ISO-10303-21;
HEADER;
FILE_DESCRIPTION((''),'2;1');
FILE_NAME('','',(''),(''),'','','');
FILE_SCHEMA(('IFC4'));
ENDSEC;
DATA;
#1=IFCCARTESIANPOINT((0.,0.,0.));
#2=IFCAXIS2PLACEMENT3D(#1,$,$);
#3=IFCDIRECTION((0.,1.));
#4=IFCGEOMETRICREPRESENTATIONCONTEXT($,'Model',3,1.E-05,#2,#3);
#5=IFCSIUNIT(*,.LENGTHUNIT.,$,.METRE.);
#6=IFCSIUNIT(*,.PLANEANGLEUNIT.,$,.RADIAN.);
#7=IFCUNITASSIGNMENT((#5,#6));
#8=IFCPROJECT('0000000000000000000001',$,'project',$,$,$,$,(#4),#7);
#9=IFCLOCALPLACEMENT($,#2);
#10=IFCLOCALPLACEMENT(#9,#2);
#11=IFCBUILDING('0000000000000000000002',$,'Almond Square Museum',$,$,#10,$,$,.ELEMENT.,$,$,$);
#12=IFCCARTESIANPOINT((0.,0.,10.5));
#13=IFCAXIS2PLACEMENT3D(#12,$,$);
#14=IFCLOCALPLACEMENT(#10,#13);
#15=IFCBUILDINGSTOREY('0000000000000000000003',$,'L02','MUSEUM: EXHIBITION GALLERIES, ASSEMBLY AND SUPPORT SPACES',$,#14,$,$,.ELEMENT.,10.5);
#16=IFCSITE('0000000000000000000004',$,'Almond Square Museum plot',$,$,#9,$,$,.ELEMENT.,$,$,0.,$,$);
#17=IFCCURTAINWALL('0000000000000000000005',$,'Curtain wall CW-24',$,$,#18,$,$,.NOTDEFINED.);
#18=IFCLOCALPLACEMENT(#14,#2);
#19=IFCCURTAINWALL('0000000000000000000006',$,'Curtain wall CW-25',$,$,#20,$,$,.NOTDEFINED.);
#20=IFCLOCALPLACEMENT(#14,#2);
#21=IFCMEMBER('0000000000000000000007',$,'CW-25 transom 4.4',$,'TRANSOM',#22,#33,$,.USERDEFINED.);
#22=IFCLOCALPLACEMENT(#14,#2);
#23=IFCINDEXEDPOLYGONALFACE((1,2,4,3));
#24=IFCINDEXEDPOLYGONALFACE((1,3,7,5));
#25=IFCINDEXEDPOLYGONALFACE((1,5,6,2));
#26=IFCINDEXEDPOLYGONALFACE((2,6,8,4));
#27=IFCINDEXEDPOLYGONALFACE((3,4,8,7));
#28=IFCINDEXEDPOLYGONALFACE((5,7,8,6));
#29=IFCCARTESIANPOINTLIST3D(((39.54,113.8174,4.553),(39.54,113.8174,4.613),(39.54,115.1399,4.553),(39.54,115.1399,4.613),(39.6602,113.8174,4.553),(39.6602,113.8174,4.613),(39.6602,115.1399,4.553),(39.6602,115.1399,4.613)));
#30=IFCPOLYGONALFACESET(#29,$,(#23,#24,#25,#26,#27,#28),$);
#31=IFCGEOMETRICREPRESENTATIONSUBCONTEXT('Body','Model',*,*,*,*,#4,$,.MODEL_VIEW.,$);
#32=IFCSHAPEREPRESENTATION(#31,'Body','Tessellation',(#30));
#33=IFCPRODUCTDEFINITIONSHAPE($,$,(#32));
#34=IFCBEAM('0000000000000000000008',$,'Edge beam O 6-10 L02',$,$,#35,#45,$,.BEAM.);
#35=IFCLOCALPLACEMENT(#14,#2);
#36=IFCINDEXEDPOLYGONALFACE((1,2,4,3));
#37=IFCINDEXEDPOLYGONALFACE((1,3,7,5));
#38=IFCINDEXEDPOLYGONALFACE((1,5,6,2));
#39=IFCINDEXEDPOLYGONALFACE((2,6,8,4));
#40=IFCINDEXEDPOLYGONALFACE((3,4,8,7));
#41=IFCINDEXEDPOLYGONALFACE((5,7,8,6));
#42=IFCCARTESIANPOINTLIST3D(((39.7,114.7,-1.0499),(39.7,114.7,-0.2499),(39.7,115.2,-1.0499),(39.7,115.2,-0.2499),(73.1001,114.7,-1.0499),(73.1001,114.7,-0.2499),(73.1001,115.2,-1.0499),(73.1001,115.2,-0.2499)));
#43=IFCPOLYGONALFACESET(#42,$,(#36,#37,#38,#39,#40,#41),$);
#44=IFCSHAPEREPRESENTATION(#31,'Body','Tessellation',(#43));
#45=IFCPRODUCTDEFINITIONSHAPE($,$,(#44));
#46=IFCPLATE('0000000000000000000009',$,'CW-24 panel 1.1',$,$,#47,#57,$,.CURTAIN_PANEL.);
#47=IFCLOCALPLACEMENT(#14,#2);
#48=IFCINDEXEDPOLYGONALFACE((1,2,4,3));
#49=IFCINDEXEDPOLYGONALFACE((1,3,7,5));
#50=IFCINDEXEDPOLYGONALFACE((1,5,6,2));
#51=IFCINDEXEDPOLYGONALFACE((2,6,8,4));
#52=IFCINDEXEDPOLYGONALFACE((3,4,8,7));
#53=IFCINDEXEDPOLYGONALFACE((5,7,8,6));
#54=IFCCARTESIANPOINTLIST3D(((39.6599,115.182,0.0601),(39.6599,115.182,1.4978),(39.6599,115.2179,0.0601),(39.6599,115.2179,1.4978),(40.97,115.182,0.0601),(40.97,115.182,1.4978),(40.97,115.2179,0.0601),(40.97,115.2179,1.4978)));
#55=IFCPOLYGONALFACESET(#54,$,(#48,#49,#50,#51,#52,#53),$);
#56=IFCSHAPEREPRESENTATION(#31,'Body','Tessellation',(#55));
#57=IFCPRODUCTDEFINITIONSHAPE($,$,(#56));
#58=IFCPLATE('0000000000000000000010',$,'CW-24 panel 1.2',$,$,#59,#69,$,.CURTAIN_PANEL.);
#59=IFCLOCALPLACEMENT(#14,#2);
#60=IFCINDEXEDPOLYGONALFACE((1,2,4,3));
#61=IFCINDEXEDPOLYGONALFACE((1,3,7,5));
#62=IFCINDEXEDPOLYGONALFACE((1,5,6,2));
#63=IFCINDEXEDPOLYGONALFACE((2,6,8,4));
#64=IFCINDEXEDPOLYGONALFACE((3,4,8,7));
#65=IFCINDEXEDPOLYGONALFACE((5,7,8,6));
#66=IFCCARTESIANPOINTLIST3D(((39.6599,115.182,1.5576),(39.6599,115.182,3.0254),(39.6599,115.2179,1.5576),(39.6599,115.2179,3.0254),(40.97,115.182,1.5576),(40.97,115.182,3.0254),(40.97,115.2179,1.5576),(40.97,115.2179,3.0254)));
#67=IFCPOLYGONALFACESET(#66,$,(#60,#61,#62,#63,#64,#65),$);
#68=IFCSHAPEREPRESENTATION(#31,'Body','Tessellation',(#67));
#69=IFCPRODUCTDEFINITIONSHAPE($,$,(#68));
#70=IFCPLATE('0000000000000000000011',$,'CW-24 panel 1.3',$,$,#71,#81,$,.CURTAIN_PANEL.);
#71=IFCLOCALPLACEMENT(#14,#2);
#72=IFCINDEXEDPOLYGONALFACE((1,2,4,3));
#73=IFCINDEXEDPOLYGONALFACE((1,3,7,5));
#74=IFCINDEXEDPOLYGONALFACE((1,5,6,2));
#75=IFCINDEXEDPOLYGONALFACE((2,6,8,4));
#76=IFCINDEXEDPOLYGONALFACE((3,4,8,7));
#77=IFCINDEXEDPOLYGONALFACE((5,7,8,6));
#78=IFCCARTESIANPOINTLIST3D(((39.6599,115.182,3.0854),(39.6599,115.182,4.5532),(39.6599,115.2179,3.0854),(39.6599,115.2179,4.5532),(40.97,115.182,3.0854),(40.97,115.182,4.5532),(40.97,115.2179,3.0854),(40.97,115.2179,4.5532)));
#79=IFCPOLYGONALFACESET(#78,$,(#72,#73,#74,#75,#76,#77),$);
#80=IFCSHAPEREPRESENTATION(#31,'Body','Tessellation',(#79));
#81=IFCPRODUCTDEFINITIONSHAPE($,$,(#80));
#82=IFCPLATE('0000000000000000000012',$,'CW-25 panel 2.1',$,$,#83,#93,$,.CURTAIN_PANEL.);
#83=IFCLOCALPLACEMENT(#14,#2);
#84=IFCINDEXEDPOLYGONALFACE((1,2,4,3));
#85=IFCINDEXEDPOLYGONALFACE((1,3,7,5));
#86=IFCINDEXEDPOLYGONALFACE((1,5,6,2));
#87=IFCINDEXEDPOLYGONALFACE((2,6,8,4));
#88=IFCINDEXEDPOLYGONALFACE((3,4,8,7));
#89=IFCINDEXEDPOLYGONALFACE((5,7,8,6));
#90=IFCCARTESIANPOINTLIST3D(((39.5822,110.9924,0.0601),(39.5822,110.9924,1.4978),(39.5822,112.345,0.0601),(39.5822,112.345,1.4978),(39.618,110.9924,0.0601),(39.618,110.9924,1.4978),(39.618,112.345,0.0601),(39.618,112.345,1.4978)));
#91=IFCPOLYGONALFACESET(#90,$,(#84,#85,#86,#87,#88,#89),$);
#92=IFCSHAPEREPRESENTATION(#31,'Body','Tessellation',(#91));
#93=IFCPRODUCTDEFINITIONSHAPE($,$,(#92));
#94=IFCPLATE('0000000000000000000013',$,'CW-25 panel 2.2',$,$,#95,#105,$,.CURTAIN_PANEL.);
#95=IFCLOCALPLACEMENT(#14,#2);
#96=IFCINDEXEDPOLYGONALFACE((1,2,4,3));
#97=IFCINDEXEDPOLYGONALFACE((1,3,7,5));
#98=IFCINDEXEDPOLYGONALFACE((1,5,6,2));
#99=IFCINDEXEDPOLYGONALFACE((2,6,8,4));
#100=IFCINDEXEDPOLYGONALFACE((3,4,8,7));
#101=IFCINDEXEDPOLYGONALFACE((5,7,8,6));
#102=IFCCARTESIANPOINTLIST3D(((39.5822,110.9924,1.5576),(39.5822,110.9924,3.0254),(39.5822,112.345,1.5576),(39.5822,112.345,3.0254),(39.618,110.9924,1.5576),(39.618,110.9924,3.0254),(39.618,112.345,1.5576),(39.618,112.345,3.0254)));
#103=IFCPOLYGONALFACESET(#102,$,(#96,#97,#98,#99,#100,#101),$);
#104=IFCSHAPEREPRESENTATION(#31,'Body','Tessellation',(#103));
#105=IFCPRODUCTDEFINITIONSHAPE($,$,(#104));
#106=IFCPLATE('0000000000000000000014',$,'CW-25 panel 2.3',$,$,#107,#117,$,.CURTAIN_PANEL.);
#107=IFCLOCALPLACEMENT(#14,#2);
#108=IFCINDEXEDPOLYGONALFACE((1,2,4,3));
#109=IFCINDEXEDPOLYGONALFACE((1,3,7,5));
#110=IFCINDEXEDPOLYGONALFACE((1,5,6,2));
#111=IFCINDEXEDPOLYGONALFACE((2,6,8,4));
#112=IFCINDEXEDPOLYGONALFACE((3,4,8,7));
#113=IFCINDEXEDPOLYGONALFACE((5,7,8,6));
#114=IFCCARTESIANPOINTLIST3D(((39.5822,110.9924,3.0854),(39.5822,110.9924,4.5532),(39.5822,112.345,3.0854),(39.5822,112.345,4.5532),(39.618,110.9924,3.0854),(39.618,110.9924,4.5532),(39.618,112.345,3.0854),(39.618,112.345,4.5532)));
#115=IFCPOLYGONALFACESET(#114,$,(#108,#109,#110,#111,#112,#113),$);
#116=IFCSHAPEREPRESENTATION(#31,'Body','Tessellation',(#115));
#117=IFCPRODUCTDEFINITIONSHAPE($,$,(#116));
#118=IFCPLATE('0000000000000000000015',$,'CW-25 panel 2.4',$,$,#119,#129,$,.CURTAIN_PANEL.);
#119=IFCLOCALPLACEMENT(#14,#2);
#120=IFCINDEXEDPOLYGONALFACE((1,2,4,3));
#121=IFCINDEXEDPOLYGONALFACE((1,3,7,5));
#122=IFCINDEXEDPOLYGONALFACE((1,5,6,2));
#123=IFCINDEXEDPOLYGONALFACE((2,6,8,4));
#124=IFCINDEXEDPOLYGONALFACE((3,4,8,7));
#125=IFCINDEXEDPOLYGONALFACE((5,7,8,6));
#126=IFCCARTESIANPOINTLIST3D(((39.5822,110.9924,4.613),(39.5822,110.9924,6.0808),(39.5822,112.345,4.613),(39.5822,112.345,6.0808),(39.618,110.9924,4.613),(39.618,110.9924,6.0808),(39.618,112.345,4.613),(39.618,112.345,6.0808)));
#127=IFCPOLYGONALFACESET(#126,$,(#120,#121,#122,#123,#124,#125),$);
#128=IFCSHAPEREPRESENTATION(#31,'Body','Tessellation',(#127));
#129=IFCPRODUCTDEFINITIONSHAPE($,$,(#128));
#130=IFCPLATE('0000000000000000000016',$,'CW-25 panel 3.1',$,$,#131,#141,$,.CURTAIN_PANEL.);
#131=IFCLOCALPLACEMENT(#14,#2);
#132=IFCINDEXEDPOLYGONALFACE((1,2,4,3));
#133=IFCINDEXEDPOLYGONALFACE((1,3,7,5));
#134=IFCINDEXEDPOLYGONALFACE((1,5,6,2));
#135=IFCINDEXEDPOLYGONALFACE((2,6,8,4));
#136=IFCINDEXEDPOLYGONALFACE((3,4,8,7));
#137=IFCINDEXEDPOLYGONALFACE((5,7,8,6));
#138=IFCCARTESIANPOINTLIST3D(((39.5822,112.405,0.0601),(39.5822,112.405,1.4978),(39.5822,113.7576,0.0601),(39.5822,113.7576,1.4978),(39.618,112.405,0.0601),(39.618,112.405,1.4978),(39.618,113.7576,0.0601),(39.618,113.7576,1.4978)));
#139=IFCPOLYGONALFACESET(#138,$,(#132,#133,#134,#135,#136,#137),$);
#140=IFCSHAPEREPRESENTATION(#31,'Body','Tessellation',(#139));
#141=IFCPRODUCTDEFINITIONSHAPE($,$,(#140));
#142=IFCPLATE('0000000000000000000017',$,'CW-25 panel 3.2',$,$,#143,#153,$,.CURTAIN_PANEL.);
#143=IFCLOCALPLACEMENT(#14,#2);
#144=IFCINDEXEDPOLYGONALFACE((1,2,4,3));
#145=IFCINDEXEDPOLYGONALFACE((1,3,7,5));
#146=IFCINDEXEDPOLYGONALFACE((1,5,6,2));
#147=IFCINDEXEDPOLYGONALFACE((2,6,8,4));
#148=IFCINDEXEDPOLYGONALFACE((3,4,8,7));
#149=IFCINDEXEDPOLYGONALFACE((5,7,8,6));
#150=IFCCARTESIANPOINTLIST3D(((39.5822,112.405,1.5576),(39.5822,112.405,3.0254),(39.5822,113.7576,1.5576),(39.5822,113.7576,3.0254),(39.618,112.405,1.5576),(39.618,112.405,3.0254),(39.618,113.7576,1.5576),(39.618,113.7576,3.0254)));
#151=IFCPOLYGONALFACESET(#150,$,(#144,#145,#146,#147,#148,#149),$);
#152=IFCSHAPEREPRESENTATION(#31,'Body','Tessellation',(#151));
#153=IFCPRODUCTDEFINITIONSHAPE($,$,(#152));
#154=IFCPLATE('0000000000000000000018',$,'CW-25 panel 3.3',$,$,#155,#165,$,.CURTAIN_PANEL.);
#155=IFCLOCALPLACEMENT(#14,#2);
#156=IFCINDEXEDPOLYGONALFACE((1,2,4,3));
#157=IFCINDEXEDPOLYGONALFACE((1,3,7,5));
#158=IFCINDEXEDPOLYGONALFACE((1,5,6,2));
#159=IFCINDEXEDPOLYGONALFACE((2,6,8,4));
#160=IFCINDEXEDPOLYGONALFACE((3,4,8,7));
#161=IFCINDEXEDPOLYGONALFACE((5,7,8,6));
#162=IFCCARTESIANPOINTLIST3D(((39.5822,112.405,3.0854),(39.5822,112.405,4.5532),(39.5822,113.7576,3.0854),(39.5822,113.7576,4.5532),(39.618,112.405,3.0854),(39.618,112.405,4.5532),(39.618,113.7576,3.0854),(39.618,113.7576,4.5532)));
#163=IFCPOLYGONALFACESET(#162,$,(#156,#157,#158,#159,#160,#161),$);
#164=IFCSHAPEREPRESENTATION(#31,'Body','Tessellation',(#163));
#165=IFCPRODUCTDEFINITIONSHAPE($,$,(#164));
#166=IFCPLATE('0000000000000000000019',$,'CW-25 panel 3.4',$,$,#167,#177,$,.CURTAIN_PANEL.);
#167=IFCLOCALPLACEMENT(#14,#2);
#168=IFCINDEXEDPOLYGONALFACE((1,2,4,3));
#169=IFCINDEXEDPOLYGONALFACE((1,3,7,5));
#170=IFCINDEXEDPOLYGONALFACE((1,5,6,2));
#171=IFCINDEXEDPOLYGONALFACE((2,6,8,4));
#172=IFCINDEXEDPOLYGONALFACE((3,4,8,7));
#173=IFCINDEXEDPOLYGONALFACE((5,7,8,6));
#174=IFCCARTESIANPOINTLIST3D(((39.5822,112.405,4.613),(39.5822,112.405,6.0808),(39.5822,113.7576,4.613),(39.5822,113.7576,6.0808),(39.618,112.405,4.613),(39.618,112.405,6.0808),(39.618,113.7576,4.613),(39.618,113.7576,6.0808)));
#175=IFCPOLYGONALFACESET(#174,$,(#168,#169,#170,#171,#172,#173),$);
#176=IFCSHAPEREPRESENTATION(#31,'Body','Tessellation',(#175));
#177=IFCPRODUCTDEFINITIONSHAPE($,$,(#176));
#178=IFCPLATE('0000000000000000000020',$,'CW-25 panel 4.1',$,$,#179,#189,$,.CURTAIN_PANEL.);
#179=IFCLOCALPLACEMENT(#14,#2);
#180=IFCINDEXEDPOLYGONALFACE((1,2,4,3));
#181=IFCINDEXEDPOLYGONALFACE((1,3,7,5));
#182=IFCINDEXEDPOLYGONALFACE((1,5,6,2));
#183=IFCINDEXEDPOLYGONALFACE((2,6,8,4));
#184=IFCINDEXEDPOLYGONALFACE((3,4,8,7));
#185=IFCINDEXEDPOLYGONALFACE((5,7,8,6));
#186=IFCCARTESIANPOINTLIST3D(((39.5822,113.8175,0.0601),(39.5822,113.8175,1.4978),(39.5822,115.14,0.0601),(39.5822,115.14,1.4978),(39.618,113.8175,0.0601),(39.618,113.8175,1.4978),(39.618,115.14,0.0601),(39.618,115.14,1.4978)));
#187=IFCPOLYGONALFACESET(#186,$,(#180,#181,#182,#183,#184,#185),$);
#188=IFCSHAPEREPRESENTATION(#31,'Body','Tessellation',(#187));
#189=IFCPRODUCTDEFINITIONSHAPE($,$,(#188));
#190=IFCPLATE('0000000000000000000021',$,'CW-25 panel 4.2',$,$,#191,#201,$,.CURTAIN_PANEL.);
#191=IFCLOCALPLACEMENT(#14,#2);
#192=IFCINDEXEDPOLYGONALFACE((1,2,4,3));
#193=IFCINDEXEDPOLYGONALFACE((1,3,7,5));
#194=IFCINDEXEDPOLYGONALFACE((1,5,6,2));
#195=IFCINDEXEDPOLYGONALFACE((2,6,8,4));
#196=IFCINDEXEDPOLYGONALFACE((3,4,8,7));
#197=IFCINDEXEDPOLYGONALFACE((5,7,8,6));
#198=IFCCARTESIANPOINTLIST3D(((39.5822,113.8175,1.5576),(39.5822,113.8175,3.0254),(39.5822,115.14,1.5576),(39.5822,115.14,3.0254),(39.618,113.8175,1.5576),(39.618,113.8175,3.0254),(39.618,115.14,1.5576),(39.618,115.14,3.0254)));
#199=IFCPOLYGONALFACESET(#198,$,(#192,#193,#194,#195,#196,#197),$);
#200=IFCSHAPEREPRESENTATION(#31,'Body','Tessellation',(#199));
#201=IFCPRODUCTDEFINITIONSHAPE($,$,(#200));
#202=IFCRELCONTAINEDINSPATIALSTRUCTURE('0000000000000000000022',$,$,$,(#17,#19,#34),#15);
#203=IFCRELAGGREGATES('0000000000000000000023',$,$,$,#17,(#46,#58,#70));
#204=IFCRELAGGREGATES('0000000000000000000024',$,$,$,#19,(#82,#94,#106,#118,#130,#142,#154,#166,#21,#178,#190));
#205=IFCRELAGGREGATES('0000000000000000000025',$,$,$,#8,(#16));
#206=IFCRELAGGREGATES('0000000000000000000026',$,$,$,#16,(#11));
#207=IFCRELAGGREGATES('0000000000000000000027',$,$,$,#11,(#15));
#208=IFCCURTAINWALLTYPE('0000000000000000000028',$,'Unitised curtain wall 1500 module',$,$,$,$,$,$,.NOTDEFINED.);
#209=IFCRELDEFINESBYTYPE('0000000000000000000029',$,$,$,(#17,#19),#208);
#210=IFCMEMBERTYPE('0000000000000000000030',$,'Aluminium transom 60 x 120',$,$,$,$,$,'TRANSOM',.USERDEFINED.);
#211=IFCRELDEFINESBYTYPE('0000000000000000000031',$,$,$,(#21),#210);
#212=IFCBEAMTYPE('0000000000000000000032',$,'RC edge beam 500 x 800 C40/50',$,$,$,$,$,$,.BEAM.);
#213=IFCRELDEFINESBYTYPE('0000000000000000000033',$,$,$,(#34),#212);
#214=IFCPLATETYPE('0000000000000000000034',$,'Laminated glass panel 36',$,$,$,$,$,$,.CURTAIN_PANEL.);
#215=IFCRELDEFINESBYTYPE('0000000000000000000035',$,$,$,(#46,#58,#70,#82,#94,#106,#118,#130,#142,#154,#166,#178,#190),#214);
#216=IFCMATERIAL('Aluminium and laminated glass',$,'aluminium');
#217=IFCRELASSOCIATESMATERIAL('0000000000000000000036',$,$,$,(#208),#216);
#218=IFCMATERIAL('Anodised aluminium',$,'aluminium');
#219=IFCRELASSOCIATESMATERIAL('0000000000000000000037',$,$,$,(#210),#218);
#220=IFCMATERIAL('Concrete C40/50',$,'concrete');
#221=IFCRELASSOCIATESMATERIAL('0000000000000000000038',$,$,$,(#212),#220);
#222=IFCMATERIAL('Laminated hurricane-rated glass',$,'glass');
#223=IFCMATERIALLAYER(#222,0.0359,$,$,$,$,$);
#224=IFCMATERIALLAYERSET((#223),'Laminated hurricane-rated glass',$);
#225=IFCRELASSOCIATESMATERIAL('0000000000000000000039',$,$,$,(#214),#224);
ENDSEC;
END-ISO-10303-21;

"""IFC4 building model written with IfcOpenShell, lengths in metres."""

from ifc_helpers import new_model, si_unit, direction, frame, origin, origin_2d, place, context, subcontext, project, spatial, rectangle, extrude, material, layer, layer_set, material_profile, profile_set, type_object, element, aggregate, save


model = new_model("IFC4")

# Units and contexts
model_context = context("Model", 3, precision=1e-05, world=origin(), true_north=direction((0.0, 1.0)))
body_context = subcontext(model_context, "Body", "Model", "MODEL_VIEW")
ifc_project = project(units=[si_unit("LENGTHUNIT", "METRE"), si_unit("PLANEANGLEUNIT", "RADIAN")], contexts=[model_context])

# Site, building, storey
site_placement = place(None, origin())
site = spatial("IfcSite", under=ifc_project, at=site_placement, Name="Almond Square Museum plot", CompositionType="ELEMENT", RefElevation=0.0)
building_placement = place(site_placement, origin())
building = spatial("IfcBuilding", under=site, at=building_placement, Name="Almond Square Museum", CompositionType="ELEMENT")
storey_placement = place(building_placement, frame((0.0, 0.0, 10.5)))
storey = spatial("IfcBuildingStorey", under=building, at=storey_placement, Name="L02", Description="MUSEUM: EXHIBITION GALLERIES, ASSEMBLY AND SUPPORT SPACES", CompositionType="ELEMENT", Elevation=10.5)

# Curtain wall
ifc_material_1 = material(Name="Aluminium and laminated glass", Category="aluminium")
curtain_wall_type = type_object("IfcCurtainWallType", Name="Unitised curtain wall 1500 module", PredefinedType="NOTDEFINED", material=ifc_material_1)
curtain_wall_1_placement = place(storey_placement, origin())
curtain_wall_1 = element("IfcCurtainWall", 1, at=curtain_wall_1_placement, inside=storey, type_object=curtain_wall_type, Name="Curtain wall CW-24", PredefinedType="NOTDEFINED")

# Curtain wall
curtain_wall_2_placement = place(storey_placement, origin())
curtain_wall_2 = element("IfcCurtainWall", 2, at=curtain_wall_2_placement, inside=storey, type_object=curtain_wall_type, Name="Curtain wall CW-25", PredefinedType="NOTDEFINED")

# Member
ifc_material_2 = material(Name="Anodised aluminium", Category="aluminium")
ifc_material_profile_1 = material_profile(ifc_material_2, rectangle(XDim=0.1201, YDim=0.0601, at=origin_2d()))
ifc_profile_set_1 = profile_set([ifc_material_profile_1], Name="Anodised aluminium")
member_type_1 = type_object("IfcMemberType", Name="Aluminium transom 60 x 120", ElementType="TRANSOM", PredefinedType="USERDEFINED", material=ifc_profile_set_1)
member_1_placement = place(storey_placement, frame((39.6001, 113.8174, 4.583), z_axis=(0.0, 1.0, 0.0), x_axis=(-1.0, 0.0, 0.0)))
member_1 = element("IfcMember", 3, at=member_1_placement, type_object=member_type_1, Name="CW-25 transom 4.4", ObjectType="TRANSOM", PredefinedType="USERDEFINED", context=body_context, shape_type="SweptSolid", body=[
    extrude(rectangle(XDim=0.1201, YDim=0.0601, at=origin_2d()), origin(), (0.0, 0.0, 1.0), 1.3225),
])

# Beam
ifc_material_3 = material(Name="Concrete C40/50", Category="concrete")
ifc_material_profile_2 = material_profile(ifc_material_3, rectangle(XDim=0.5, YDim=0.8, at=origin_2d()))
ifc_profile_set_2 = profile_set([ifc_material_profile_2], Name="Concrete C40/50")
beam_type = type_object("IfcBeamType", Name="RC edge beam 500 x 800 C40/50", PredefinedType="BEAM", material=ifc_profile_set_2)
beam_placement = place(storey_placement, frame((39.7, 114.95, -0.6499), z_axis=(1.0, 0.0, 0.0), x_axis=(0.0, 1.0, 0.0)))
element("IfcBeam", 4, at=beam_placement, inside=storey, type_object=beam_type, Name="Edge beam O 6-10 L02", PredefinedType="BEAM", context=body_context, shape_type="SweptSolid", body=[
    extrude(rectangle(XDim=0.5, YDim=0.8, at=origin_2d()), origin(), (0.0, 0.0, 1.0), 33.4001),
])

# Plates
ifc_material_4 = material(Name="Laminated hurricane-rated glass", Category="glass")
ifc_layer = layer(ifc_material_4, 0.0359)
ifc_layer_set = layer_set([ifc_layer], Name="Laminated hurricane-rated glass")
plate_type = type_object("IfcPlateType", Name="Laminated glass panel 36", PredefinedType="CURTAIN_PANEL", material=ifc_layer_set)
plate_1_placement = place(storey_placement, frame((40.3149, 115.2, 0.0601), z_axis=(0.0, 0.0, 1.0), x_axis=(1.0, 0.0, 0.0)))
plate_1 = element("IfcPlate", 5, at=plate_1_placement, type_object=plate_type, Name="CW-24 panel 1.1", PredefinedType="CURTAIN_PANEL", context=body_context, shape_type="SweptSolid", body=[
    extrude(rectangle(XDim=1.3101, YDim=0.0359, at=origin_2d()), origin(), (0.0, 0.0, 1.0), 1.4377),
])
plate_2_placement = place(storey_placement, frame((40.3149, 115.2, 1.5576), z_axis=(0.0, 0.0, 1.0), x_axis=(1.0, 0.0, 0.0)))
plate_2 = element("IfcPlate", 6, at=plate_2_placement, type_object=plate_type, Name="CW-24 panel 1.2", PredefinedType="CURTAIN_PANEL", context=body_context, shape_type="SweptSolid", body=[
    extrude(rectangle(XDim=1.3101, YDim=0.0359, at=origin_2d()), origin(), (0.0, 0.0, 1.0), 1.4678),
])
plate_3_placement = place(storey_placement, frame((40.3149, 115.2, 3.0854), z_axis=(0.0, 0.0, 1.0), x_axis=(1.0, 0.0, 0.0)))
plate_3 = element("IfcPlate", 7, at=plate_3_placement, type_object=plate_type, Name="CW-24 panel 1.3", PredefinedType="CURTAIN_PANEL", context=body_context, shape_type="SweptSolid", body=[
    extrude(rectangle(XDim=1.3101, YDim=0.0359, at=origin_2d()), origin(), (0.0, 0.0, 1.0), 1.4678),
])
aggregate(curtain_wall_1, [plate_1, plate_2, plate_3])
plate_4_placement = place(storey_placement, frame((39.6001, 111.6687, 0.0601), z_axis=(0.0, 0.0, 1.0), x_axis=(0.0, 1.0, 0.0)))
plate_4 = element("IfcPlate", 8, at=plate_4_placement, type_object=plate_type, Name="CW-25 panel 2.1", PredefinedType="CURTAIN_PANEL", context=body_context, shape_type="SweptSolid", body=[
    extrude(rectangle(XDim=1.3525, YDim=0.0359, at=origin_2d()), origin(), (0.0, 0.0, 1.0), 1.4377),
])
plate_5_placement = place(storey_placement, frame((39.6001, 111.6687, 1.5576), z_axis=(0.0, 0.0, 1.0), x_axis=(0.0, 1.0, 0.0)))
plate_5 = element("IfcPlate", 9, at=plate_5_placement, type_object=plate_type, Name="CW-25 panel 2.2", PredefinedType="CURTAIN_PANEL", context=body_context, shape_type="SweptSolid", body=[
    extrude(rectangle(XDim=1.3525, YDim=0.0359, at=origin_2d()), origin(), (0.0, 0.0, 1.0), 1.4678),
])
plate_6_placement = place(storey_placement, frame((39.6001, 111.6687, 3.0854), z_axis=(0.0, 0.0, 1.0), x_axis=(0.0, 1.0, 0.0)))
plate_6 = element("IfcPlate", 10, at=plate_6_placement, type_object=plate_type, Name="CW-25 panel 2.3", PredefinedType="CURTAIN_PANEL", context=body_context, shape_type="SweptSolid", body=[
    extrude(rectangle(XDim=1.3525, YDim=0.0359, at=origin_2d()), origin(), (0.0, 0.0, 1.0), 1.4678),
])
plate_7_placement = place(storey_placement, frame((39.6001, 111.6687, 4.613), z_axis=(0.0, 0.0, 1.0), x_axis=(0.0, 1.0, 0.0)))
plate_7 = element("IfcPlate", 11, at=plate_7_placement, type_object=plate_type, Name="CW-25 panel 2.4", PredefinedType="CURTAIN_PANEL", context=body_context, shape_type="SweptSolid", body=[
    extrude(rectangle(XDim=1.3525, YDim=0.0359, at=origin_2d()), origin(), (0.0, 0.0, 1.0), 1.4678),
])
plate_8_placement = place(storey_placement, frame((39.6001, 113.0813, 0.0601), z_axis=(0.0, 0.0, 1.0), x_axis=(0.0, 1.0, 0.0)))
plate_8 = element("IfcPlate", 12, at=plate_8_placement, type_object=plate_type, Name="CW-25 panel 3.1", PredefinedType="CURTAIN_PANEL", context=body_context, shape_type="SweptSolid", body=[
    extrude(rectangle(XDim=1.3525, YDim=0.0359, at=origin_2d()), origin(), (0.0, 0.0, 1.0), 1.4377),
])
plate_9_placement = place(storey_placement, frame((39.6001, 113.0813, 1.5576), z_axis=(0.0, 0.0, 1.0), x_axis=(0.0, 1.0, 0.0)))
plate_9 = element("IfcPlate", 13, at=plate_9_placement, type_object=plate_type, Name="CW-25 panel 3.2", PredefinedType="CURTAIN_PANEL", context=body_context, shape_type="SweptSolid", body=[
    extrude(rectangle(XDim=1.3525, YDim=0.0359, at=origin_2d()), origin(), (0.0, 0.0, 1.0), 1.4678),
])
plate_10_placement = place(storey_placement, frame((39.6001, 113.0813, 3.0854), z_axis=(0.0, 0.0, 1.0), x_axis=(0.0, 1.0, 0.0)))
plate_10 = element("IfcPlate", 14, at=plate_10_placement, type_object=plate_type, Name="CW-25 panel 3.3", PredefinedType="CURTAIN_PANEL", context=body_context, shape_type="SweptSolid", body=[
    extrude(rectangle(XDim=1.3525, YDim=0.0359, at=origin_2d()), origin(), (0.0, 0.0, 1.0), 1.4678),
])
plate_11_placement = place(storey_placement, frame((39.6001, 113.0813, 4.613), z_axis=(0.0, 0.0, 1.0), x_axis=(0.0, 1.0, 0.0)))
plate_11 = element("IfcPlate", 15, at=plate_11_placement, type_object=plate_type, Name="CW-25 panel 3.4", PredefinedType="CURTAIN_PANEL", context=body_context, shape_type="SweptSolid", body=[
    extrude(rectangle(XDim=1.3525, YDim=0.0359, at=origin_2d()), origin(), (0.0, 0.0, 1.0), 1.4678),
])
plate_12_placement = place(storey_placement, frame((39.6001, 114.4788, 0.0601), z_axis=(0.0, 0.0, 1.0), x_axis=(0.0, 1.0, 0.0)))
plate_12 = element("IfcPlate", 16, at=plate_12_placement, type_object=plate_type, Name="CW-25 panel 4.1", PredefinedType="CURTAIN_PANEL", context=body_context, shape_type="SweptSolid", body=[
    extrude(rectangle(XDim=1.3225, YDim=0.0359, at=origin_2d()), origin(), (0.0, 0.0, 1.0), 1.4377),
])
plate_13_placement = place(storey_placement, frame((39.6001, 114.4788, 1.5576), z_axis=(0.0, 0.0, 1.0), x_axis=(0.0, 1.0, 0.0)))
plate_13 = element("IfcPlate", 17, at=plate_13_placement, type_object=plate_type, Name="CW-25 panel 4.2", PredefinedType="CURTAIN_PANEL", context=body_context, shape_type="SweptSolid", body=[
    extrude(rectangle(XDim=1.3225, YDim=0.0359, at=origin_2d()), origin(), (0.0, 0.0, 1.0), 1.4678),
])
aggregate(curtain_wall_2, [plate_4, plate_5, plate_6, plate_7, plate_8, plate_9, plate_10, plate_11, member_1, plate_12, plate_13])

save(model, "model.ifc")
